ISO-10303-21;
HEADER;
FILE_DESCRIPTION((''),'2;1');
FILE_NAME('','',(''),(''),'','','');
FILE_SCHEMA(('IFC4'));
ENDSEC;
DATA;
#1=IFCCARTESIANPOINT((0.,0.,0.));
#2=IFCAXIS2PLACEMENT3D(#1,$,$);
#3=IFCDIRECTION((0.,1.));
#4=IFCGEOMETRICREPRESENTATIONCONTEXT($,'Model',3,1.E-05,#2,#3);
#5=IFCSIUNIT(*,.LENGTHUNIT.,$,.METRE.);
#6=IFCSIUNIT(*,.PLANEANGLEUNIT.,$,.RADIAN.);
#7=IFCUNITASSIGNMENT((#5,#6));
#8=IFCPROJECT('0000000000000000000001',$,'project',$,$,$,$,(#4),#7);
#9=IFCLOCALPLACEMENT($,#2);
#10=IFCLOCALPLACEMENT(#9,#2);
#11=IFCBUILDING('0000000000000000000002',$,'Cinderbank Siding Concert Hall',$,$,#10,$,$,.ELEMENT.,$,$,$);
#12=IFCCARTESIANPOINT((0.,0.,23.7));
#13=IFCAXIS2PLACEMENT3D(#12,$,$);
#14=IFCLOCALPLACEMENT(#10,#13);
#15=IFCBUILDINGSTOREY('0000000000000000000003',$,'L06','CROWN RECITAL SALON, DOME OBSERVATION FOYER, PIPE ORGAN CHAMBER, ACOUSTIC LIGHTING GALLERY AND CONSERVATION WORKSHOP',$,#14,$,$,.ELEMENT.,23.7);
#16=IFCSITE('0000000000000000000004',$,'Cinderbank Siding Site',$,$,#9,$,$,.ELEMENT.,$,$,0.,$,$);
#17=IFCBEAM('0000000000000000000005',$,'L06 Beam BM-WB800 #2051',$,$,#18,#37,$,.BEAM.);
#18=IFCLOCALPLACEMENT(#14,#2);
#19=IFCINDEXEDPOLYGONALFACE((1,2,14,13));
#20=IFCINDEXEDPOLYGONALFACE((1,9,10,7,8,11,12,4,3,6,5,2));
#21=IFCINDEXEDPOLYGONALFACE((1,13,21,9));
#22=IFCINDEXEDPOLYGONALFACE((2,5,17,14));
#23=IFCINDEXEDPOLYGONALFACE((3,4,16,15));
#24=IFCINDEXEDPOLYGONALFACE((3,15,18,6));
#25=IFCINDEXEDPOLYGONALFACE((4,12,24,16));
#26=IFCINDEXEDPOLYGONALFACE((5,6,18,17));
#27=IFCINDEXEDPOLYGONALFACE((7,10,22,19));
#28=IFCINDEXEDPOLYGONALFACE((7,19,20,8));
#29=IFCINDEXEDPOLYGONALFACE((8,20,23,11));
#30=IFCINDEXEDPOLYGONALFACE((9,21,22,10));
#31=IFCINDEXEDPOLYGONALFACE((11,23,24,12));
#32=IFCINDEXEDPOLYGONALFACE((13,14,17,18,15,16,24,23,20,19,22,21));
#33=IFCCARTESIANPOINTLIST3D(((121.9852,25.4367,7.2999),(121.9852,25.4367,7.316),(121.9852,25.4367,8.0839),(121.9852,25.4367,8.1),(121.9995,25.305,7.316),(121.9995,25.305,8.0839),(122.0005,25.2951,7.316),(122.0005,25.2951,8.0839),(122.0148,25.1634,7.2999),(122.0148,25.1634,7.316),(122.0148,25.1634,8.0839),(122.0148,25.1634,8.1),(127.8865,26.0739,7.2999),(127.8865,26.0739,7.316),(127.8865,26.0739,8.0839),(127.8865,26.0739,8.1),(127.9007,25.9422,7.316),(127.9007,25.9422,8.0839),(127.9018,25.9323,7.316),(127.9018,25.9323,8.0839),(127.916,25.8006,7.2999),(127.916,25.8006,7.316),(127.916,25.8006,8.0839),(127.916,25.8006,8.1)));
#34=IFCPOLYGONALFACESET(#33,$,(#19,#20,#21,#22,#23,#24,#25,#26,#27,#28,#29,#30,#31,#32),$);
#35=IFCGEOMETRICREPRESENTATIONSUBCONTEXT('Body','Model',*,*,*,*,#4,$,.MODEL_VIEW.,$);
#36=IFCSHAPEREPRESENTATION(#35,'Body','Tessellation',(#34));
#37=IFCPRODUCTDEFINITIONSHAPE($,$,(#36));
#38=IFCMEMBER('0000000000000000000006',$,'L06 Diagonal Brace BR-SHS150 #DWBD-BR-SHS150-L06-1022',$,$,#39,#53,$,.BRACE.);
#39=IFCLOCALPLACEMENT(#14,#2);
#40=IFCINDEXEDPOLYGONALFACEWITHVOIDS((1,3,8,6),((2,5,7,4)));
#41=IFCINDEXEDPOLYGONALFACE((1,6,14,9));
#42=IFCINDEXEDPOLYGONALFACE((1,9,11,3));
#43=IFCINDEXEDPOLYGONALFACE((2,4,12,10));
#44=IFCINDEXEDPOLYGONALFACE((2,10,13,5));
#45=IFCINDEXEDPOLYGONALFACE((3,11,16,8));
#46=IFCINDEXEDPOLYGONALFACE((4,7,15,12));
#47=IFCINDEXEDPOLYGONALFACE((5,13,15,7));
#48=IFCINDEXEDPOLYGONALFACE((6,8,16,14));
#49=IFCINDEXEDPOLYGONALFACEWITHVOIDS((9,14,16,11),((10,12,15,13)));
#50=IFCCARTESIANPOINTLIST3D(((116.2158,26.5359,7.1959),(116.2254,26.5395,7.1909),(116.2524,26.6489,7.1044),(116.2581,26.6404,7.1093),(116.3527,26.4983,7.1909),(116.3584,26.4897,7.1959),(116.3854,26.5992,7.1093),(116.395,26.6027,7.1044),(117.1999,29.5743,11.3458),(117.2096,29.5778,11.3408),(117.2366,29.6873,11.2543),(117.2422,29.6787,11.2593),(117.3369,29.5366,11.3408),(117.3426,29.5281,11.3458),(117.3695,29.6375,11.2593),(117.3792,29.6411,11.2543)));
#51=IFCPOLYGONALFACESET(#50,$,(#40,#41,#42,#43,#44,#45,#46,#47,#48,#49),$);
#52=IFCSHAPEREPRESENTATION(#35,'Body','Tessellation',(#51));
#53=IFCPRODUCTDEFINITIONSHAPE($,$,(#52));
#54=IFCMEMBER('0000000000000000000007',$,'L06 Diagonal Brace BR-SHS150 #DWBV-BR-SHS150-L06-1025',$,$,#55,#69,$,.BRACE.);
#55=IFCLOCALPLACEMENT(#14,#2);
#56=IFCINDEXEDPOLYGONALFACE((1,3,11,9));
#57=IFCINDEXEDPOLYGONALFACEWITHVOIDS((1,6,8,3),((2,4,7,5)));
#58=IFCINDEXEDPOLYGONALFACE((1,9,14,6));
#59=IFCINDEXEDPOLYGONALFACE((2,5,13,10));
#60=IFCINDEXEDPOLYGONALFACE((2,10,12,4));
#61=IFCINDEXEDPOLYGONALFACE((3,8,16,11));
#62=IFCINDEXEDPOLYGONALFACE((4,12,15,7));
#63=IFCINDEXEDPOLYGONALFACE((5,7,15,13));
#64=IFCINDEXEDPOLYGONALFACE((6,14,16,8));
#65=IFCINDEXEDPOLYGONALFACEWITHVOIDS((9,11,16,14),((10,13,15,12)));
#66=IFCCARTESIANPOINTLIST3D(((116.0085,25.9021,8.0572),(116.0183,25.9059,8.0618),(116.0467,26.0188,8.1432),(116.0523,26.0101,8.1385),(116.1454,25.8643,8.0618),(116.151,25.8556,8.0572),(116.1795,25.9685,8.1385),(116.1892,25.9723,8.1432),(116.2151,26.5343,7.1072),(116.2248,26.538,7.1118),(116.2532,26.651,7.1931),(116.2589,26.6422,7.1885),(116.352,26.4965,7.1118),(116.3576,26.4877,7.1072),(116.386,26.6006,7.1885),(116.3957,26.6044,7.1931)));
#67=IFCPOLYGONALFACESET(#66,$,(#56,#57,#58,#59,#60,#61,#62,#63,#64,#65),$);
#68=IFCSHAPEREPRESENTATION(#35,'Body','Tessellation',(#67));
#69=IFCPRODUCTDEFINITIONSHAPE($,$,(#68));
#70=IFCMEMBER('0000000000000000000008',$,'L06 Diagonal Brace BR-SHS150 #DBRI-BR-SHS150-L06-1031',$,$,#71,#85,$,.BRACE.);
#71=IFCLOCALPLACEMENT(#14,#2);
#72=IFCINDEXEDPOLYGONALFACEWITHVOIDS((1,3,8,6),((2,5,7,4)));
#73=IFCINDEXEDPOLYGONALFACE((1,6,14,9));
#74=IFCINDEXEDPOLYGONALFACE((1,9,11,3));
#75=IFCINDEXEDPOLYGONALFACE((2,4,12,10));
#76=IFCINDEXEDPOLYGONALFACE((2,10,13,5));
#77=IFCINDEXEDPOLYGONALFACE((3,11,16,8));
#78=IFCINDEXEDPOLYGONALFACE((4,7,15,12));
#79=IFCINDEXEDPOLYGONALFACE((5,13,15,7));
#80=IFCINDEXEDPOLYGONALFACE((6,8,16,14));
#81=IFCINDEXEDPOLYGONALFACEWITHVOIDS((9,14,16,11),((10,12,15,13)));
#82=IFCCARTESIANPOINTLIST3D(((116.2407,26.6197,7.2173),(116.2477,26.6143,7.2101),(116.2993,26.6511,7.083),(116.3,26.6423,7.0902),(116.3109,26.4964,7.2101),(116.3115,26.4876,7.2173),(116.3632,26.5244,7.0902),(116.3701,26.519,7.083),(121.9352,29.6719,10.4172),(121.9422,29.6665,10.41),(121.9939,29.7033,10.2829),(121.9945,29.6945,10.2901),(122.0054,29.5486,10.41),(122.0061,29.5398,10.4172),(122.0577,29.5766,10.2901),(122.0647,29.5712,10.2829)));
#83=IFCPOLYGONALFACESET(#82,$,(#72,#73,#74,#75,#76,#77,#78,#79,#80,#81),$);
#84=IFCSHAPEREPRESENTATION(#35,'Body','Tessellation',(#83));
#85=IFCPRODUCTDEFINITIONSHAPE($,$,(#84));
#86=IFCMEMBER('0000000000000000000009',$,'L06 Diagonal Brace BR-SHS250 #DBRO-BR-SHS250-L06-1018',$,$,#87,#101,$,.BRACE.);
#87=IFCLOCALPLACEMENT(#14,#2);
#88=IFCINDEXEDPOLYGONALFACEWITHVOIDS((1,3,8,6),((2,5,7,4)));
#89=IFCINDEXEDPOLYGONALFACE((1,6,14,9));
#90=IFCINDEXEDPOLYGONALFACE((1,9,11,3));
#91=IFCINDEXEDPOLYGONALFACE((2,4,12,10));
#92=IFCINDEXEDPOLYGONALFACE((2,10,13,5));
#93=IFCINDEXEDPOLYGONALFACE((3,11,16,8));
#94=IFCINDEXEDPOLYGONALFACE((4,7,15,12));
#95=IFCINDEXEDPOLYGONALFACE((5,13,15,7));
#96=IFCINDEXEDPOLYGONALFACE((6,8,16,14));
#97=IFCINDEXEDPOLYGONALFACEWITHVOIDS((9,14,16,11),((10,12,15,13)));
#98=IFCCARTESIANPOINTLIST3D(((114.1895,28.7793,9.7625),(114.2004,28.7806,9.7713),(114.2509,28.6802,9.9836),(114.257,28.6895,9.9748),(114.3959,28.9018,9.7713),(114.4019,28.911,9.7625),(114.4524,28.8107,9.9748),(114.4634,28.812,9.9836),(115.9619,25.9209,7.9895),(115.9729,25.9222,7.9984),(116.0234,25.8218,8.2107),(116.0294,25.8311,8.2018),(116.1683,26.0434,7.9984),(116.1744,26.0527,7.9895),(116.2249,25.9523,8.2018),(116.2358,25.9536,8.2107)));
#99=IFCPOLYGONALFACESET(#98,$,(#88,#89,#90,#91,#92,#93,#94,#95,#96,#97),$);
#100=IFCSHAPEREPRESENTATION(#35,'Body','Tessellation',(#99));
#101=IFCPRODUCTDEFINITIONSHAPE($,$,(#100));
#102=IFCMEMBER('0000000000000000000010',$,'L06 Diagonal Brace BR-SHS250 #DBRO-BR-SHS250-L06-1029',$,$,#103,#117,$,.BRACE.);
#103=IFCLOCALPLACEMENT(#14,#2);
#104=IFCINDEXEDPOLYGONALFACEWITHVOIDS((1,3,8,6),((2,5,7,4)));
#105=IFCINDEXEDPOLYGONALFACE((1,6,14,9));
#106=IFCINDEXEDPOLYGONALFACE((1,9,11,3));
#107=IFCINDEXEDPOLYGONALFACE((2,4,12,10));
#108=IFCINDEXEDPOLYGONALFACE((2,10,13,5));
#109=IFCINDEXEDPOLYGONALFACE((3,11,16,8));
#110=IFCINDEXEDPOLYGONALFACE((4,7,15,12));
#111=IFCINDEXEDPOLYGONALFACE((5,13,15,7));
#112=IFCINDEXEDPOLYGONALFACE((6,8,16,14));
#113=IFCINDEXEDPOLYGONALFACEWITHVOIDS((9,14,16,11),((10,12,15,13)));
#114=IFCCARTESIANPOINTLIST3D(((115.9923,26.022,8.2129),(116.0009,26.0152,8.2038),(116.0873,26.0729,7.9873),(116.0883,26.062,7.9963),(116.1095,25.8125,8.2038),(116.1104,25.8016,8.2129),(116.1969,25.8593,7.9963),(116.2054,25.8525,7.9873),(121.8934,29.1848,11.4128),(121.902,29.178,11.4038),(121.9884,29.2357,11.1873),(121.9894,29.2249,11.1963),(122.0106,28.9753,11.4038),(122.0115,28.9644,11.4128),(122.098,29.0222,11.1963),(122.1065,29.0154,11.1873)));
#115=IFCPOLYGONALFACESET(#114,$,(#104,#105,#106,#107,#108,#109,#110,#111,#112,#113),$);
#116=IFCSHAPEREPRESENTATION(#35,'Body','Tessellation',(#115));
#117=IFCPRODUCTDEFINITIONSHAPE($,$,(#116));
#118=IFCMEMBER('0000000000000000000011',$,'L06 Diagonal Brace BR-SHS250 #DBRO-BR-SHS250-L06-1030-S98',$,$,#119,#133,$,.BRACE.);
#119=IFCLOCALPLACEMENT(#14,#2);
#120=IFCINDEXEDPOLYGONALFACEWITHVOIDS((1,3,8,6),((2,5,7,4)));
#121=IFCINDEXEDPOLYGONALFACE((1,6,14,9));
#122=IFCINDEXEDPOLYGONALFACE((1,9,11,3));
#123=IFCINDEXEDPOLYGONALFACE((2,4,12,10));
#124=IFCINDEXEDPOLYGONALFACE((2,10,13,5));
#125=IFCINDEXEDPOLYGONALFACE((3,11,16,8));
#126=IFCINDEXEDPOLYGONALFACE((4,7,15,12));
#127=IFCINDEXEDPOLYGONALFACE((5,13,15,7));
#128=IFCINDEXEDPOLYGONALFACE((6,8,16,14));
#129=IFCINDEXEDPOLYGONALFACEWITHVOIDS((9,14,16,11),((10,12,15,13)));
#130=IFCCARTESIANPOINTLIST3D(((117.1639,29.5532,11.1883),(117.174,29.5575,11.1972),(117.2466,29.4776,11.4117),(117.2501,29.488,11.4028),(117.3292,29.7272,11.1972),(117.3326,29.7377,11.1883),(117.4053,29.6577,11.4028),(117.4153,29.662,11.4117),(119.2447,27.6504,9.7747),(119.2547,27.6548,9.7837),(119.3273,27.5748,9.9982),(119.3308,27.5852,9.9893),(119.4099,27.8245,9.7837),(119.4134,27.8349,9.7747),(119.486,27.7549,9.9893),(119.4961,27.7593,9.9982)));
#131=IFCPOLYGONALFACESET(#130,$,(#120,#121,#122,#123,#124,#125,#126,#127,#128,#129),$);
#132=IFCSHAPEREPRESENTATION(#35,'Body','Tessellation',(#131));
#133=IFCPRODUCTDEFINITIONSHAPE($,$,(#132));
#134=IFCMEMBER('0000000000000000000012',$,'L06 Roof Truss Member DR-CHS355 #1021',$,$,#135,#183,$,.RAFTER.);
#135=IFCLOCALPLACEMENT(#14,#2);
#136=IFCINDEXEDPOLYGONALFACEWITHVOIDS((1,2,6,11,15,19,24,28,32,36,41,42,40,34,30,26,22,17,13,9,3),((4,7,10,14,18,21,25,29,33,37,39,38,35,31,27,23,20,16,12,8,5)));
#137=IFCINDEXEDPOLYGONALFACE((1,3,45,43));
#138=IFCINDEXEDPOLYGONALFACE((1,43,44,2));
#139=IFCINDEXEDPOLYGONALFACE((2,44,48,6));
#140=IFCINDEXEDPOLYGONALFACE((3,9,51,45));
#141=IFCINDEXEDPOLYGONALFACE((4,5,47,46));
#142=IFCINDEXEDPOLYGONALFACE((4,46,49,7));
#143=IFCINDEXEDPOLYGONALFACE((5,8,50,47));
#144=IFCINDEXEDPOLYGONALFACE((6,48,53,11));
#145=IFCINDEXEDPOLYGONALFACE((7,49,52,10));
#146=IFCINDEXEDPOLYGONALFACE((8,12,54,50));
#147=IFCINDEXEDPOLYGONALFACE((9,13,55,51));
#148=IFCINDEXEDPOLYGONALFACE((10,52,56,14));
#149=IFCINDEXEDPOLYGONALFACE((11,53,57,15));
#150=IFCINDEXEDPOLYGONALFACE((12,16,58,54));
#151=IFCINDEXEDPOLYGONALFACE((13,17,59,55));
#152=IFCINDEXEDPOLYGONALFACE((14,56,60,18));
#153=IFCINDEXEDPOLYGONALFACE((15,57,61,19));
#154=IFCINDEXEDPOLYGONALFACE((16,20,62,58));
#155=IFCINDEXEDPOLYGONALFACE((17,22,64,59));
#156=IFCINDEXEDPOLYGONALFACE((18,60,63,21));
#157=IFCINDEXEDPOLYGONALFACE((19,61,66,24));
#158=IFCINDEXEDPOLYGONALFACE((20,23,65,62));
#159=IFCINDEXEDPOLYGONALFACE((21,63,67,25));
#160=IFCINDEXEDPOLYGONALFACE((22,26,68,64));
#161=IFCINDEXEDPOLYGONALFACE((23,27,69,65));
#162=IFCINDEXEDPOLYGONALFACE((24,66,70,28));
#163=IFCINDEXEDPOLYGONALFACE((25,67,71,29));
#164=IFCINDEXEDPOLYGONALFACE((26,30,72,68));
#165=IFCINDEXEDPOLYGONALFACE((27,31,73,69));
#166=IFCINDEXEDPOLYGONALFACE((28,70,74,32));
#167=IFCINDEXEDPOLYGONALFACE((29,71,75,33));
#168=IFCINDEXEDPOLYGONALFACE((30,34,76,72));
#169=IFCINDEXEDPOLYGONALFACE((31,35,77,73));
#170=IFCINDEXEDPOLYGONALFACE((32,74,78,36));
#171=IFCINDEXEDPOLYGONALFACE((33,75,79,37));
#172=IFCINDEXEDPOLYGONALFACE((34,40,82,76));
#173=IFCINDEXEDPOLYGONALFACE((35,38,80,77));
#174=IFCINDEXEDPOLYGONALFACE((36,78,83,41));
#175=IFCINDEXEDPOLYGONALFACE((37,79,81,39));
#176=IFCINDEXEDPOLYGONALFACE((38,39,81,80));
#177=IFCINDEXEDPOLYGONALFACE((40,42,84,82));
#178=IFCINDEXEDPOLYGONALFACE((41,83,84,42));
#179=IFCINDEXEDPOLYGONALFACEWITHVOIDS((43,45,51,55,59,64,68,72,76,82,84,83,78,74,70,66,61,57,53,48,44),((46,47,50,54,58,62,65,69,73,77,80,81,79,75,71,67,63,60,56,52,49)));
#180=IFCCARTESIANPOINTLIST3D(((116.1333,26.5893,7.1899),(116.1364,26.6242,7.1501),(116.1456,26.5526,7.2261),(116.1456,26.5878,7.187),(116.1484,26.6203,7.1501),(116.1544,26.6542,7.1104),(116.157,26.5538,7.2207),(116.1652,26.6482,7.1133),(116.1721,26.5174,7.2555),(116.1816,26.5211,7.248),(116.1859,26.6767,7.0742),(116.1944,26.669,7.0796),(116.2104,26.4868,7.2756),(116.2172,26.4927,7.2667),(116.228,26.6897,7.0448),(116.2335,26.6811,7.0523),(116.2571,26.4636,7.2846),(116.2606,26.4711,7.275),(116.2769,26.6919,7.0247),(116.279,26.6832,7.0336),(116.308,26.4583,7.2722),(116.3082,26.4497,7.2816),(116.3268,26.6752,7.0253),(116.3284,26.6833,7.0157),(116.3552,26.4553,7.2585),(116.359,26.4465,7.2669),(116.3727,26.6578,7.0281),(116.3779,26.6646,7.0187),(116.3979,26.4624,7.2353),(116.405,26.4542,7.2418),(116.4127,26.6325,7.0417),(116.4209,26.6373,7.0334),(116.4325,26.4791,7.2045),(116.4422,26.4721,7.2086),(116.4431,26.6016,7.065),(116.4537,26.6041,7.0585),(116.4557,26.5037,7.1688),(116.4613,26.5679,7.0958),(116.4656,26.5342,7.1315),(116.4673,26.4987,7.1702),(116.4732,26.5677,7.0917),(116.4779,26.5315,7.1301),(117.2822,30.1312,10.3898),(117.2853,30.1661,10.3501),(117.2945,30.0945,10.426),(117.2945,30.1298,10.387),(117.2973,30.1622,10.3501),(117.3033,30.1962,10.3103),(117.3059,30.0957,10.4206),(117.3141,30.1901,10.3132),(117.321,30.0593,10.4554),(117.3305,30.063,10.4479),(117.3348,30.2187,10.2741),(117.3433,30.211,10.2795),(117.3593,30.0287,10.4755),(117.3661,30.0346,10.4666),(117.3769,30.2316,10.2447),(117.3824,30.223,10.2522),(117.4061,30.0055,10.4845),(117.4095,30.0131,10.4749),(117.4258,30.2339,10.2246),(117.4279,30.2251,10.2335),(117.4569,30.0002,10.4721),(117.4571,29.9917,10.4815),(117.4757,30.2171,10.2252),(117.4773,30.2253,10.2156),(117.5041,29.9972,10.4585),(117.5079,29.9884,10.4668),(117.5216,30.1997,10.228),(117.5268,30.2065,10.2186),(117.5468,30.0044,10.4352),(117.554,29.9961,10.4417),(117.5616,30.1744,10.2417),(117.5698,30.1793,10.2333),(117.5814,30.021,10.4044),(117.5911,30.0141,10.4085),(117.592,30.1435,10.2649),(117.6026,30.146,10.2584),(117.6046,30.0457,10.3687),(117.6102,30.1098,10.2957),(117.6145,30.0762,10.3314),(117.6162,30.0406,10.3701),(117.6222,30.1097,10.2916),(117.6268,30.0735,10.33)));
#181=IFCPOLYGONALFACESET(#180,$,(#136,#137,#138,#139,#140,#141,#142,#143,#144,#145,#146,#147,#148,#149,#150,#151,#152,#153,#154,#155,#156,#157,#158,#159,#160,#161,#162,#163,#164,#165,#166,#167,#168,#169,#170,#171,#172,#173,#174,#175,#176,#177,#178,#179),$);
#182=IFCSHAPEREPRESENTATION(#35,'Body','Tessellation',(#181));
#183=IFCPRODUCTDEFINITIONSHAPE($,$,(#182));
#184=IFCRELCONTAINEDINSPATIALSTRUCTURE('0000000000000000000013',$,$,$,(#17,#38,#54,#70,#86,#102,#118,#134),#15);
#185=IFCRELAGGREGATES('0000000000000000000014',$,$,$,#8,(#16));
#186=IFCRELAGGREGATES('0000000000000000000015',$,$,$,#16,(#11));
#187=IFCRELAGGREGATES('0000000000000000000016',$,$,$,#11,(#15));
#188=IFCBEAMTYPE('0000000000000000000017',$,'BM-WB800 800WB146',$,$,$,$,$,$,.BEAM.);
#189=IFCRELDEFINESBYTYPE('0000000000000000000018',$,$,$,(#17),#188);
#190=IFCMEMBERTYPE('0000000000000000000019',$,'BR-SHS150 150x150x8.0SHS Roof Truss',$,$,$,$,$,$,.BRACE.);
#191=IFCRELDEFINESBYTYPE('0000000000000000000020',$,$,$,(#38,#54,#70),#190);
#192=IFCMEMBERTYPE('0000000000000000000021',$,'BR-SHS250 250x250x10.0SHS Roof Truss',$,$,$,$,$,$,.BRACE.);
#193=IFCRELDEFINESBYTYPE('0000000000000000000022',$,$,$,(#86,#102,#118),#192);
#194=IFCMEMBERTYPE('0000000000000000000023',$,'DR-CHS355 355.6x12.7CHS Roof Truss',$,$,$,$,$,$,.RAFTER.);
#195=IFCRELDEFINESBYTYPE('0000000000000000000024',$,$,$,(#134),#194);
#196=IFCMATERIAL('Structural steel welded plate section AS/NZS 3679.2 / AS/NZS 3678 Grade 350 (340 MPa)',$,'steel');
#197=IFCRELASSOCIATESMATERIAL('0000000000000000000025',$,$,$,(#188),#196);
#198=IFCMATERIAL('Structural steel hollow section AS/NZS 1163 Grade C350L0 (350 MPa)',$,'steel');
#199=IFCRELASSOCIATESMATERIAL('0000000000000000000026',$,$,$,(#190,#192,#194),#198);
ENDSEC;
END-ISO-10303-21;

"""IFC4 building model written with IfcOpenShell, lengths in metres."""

from ifc_helpers import new_model, si_unit, direction, frame, origin, origin_2d, place, context, subcontext, project, spatial, hollow_rectangle, hollow_circle, i_section, extrude, material, material_profile, profile_set, type_object, element, save


model = new_model("IFC4")

# Units and contexts
model_context = context("Model", 3, precision=1e-05, world=origin(), true_north=direction((0.0, 1.0)))
body_context = subcontext(model_context, "Body", "Model", "MODEL_VIEW")
ifc_project = project(units=[si_unit("LENGTHUNIT", "METRE"), si_unit("PLANEANGLEUNIT", "RADIAN")], contexts=[model_context])

# Site, building, storey
site_placement = place(None, origin())
site = spatial("IfcSite", under=ifc_project, at=site_placement, Name="Cinderbank Siding Site", CompositionType="ELEMENT", RefElevation=0.0)
building_placement = place(site_placement, origin())
building = spatial("IfcBuilding", under=site, at=building_placement, Name="Cinderbank Siding Concert Hall", CompositionType="ELEMENT")
storey_placement = place(building_placement, frame((0.0, 0.0, 23.7)))
storey = spatial("IfcBuildingStorey", under=building, at=storey_placement, Name="L06", Description="CROWN RECITAL SALON, DOME OBSERVATION FOYER, PIPE ORGAN CHAMBER, ACOUSTIC LIGHTING GALLERY AND CONSERVATION WORKSHOP", CompositionType="ELEMENT", Elevation=23.7)

# Beam
ifc_material_1 = material(Name="Structural steel welded plate section AS/NZS 3679.2 / AS/NZS 3678 Grade 350 (340 MPa)", Category="steel")
ifc_material_profile_1 = material_profile(ifc_material_1, i_section(OverallWidth=0.2749, OverallDepth=0.8, WebThickness=0.01, FlangeThickness=0.0161, at=origin_2d()), Name="800WB146", Category="LoadBearing")
ifc_profile_set_1 = profile_set([ifc_material_profile_1], Name="Structural steel welded plate section AS/NZS 3679.2 / AS/NZS 3678 Grade 350 (340 MPa)")
beam_type = type_object("IfcBeamType", Name="BM-WB800 800WB146", PredefinedType="BEAM", material=ifc_profile_set_1)
beam_placement = place(storey_placement, frame((122.0, 25.3, 7.7), z_axis=(0.994221, 0.107357, 0.0), x_axis=(-0.107357, 0.994221, 0.0)))
element("IfcBeam", 1, at=beam_placement, inside=storey, type_object=beam_type, Name="L06 Beam BM-WB800 #2051", PredefinedType="BEAM", context=body_context, shape_type="SweptSolid", body=[
    extrude(i_section(OverallWidth=0.2749, OverallDepth=0.8, WebThickness=0.01, FlangeThickness=0.0161, at=origin_2d()), origin(), (0.0, 0.0, 1.0), 5.9355),
])

# Members
ifc_material_2 = material(Name="Structural steel hollow section AS/NZS 1163 Grade C350L0 (350 MPa)", Category="steel")
ifc_material_profile_2 = material_profile(ifc_material_2, hollow_rectangle(XDim=0.1499, YDim=0.1499, WallThickness=0.0081, at=origin_2d()), Name="150x150x8.0SHS", Category="LoadBearing")
ifc_profile_set_2 = profile_set([ifc_material_profile_2], Name="Structural steel hollow section AS/NZS 1163 Grade C350L0 (350 MPa)")
member_type_1 = type_object("IfcMemberType", Name="BR-SHS150 150x150x8.0SHS Roof Truss", PredefinedType="BRACE", material=ifc_profile_set_2)
member_1_placement = place(storey_placement, frame((116.3054, 26.5693, 7.1501), z_axis=(0.187934, 0.580214, 0.792485), x_axis=(-0.95134, 0.308144, 0.0)))
element("IfcMember", 2, at=member_1_placement, inside=storey, type_object=member_type_1, Name="L06 Diagonal Brace BR-SHS150 #DWBD-BR-SHS150-L06-1022", PredefinedType="BRACE", context=body_context, shape_type="SweptSolid", body=[
    extrude(hollow_rectangle(XDim=0.1499, YDim=0.1499, WallThickness=0.0081, at=origin_2d()), origin(), (0.0, 0.0, 1.0), 5.2366),
])
member_2_placement = place(storey_placement, frame((116.3054, 26.5693, 7.1501), z_axis=(-0.178121, -0.545101, 0.81923), x_axis=(0.950539, -0.310605, 0.0)))
element("IfcMember", 3, at=member_2_placement, inside=storey, type_object=member_type_1, Name="L06 Diagonal Brace BR-SHS150 #DWBV-BR-SHS150-L06-1025", PredefinedType="BRACE", context=body_context, shape_type="SweptSolid", body=[
    extrude(hollow_rectangle(XDim=0.1499, YDim=0.1499, WallThickness=0.0081, at=origin_2d()), origin(), (0.0, 0.0, 1.0), 1.1597),
])
member_3_placement = place(storey_placement, frame((116.3054, 26.5693, 7.1501), z_axis=(0.789817, 0.423335, 0.443821), x_axis=(-0.472411, 0.881378, 0.0)))
element("IfcMember", 4, at=member_3_placement, inside=storey, type_object=member_type_1, Name="L06 Diagonal Brace BR-SHS150 #DBRI-BR-SHS150-L06-1031", PredefinedType="BRACE", context=body_context, shape_type="SweptSolid", body=[
    extrude(hollow_rectangle(XDim=0.1499, YDim=0.1499, WallThickness=0.0081, at=origin_2d()), origin(), (0.0, 0.0, 1.0), 7.21),
])
ifc_material_profile_3 = material_profile(ifc_material_2, hollow_rectangle(XDim=0.25, YDim=0.25, WallThickness=0.01, at=origin_2d()), Name="250x250x10.0SHS", Category="LoadBearing")
ifc_profile_set_3 = profile_set([ifc_material_profile_3], Name="Structural steel hollow section AS/NZS 1163 Grade C350L0 (350 MPa)")
member_type_2 = type_object("IfcMemberType", Name="BR-SHS250 250x250x10.0SHS Roof Truss", PredefinedType="BRACE", material=ifc_profile_set_3)
member_4_placement = place(storey_placement, frame((116.0989, 25.9373, 8.1001), z_axis=(-0.466188, 0.751809, 0.466317), x_axis=(-0.849869, -0.526994, 0.0)))
element("IfcMember", 5, at=member_4_placement, inside=storey, type_object=member_type_2, Name="L06 Diagonal Brace BR-SHS250 #DBRO-BR-SHS250-L06-1018", PredefinedType="BRACE", context=body_context, shape_type="SweptSolid", body=[
    extrude(hollow_rectangle(XDim=0.25, YDim=0.25, WallThickness=0.01, at=origin_2d()), origin(), (0.0, 0.0, 1.0), 3.802),
])
member_5_placement = place(storey_placement, frame((116.0989, 25.9373, 8.1001), z_axis=(0.795227, 0.42622, 0.431221), x_axis=(-0.472398, 0.881385, 0.0)))
element("IfcMember", 6, at=member_5_placement, inside=storey, type_object=member_type_2, Name="L06 Diagonal Brace BR-SHS250 #DBRO-BR-SHS250-L06-1029", PredefinedType="BRACE", context=body_context, shape_type="SweptSolid", body=[
    extrude(hollow_rectangle(XDim=0.25, YDim=0.25, WallThickness=0.01, at=origin_2d()), origin(), (0.0, 0.0, 1.0), 7.4207),
])
member_6_placement = place(storey_placement, frame((119.3704, 27.7048, 9.8865), z_axis=(-0.659703, 0.603277, 0.448162), x_axis=(-0.674842, -0.737962, 0.0)))
element("IfcMember", 7, at=member_6_placement, inside=storey, type_object=member_type_2, Name="L06 Diagonal Brace BR-SHS250 #DBRO-BR-SHS250-L06-1030-S98", PredefinedType="BRACE", context=body_context, shape_type="SweptSolid", body=[
    extrude(hollow_rectangle(XDim=0.25, YDim=0.25, WallThickness=0.01, at=origin_2d()), origin(), (0.0, 0.0, 1.0), 3.1541),
])
ifc_material_profile_4 = material_profile(ifc_material_2, hollow_circle(Radius=0.1777, WallThickness=0.0127, at=origin_2d()), Name="355.6x12.7CHS", Category="LoadBearing")
ifc_profile_set_4 = profile_set([ifc_material_profile_4], Name="Structural steel hollow section AS/NZS 1163 Grade C350L0 (350 MPa)")
member_type_3 = type_object("IfcMemberType", Name="DR-CHS355 355.6x12.7CHS Roof Truss", PredefinedType="RAFTER", material=ifc_profile_set_4)
member_7_placement = place(storey_placement, frame((116.3054, 26.5693, 7.1501), z_axis=(0.23401, 0.721423, 0.651757), x_axis=(-0.951209, 0.308546, 0.0)))
element("IfcMember", 8, at=member_7_placement, inside=storey, type_object=member_type_3, Name="L06 Roof Truss Member DR-CHS355 #1021", PredefinedType="RAFTER", context=body_context, shape_type="SweptSolid", body=[
    extrude(hollow_circle(Radius=0.1777, WallThickness=0.0127, at=origin_2d()), origin(), (0.0, 0.0, 1.0), 4.9097),
])

save(model, "model.ifc")
